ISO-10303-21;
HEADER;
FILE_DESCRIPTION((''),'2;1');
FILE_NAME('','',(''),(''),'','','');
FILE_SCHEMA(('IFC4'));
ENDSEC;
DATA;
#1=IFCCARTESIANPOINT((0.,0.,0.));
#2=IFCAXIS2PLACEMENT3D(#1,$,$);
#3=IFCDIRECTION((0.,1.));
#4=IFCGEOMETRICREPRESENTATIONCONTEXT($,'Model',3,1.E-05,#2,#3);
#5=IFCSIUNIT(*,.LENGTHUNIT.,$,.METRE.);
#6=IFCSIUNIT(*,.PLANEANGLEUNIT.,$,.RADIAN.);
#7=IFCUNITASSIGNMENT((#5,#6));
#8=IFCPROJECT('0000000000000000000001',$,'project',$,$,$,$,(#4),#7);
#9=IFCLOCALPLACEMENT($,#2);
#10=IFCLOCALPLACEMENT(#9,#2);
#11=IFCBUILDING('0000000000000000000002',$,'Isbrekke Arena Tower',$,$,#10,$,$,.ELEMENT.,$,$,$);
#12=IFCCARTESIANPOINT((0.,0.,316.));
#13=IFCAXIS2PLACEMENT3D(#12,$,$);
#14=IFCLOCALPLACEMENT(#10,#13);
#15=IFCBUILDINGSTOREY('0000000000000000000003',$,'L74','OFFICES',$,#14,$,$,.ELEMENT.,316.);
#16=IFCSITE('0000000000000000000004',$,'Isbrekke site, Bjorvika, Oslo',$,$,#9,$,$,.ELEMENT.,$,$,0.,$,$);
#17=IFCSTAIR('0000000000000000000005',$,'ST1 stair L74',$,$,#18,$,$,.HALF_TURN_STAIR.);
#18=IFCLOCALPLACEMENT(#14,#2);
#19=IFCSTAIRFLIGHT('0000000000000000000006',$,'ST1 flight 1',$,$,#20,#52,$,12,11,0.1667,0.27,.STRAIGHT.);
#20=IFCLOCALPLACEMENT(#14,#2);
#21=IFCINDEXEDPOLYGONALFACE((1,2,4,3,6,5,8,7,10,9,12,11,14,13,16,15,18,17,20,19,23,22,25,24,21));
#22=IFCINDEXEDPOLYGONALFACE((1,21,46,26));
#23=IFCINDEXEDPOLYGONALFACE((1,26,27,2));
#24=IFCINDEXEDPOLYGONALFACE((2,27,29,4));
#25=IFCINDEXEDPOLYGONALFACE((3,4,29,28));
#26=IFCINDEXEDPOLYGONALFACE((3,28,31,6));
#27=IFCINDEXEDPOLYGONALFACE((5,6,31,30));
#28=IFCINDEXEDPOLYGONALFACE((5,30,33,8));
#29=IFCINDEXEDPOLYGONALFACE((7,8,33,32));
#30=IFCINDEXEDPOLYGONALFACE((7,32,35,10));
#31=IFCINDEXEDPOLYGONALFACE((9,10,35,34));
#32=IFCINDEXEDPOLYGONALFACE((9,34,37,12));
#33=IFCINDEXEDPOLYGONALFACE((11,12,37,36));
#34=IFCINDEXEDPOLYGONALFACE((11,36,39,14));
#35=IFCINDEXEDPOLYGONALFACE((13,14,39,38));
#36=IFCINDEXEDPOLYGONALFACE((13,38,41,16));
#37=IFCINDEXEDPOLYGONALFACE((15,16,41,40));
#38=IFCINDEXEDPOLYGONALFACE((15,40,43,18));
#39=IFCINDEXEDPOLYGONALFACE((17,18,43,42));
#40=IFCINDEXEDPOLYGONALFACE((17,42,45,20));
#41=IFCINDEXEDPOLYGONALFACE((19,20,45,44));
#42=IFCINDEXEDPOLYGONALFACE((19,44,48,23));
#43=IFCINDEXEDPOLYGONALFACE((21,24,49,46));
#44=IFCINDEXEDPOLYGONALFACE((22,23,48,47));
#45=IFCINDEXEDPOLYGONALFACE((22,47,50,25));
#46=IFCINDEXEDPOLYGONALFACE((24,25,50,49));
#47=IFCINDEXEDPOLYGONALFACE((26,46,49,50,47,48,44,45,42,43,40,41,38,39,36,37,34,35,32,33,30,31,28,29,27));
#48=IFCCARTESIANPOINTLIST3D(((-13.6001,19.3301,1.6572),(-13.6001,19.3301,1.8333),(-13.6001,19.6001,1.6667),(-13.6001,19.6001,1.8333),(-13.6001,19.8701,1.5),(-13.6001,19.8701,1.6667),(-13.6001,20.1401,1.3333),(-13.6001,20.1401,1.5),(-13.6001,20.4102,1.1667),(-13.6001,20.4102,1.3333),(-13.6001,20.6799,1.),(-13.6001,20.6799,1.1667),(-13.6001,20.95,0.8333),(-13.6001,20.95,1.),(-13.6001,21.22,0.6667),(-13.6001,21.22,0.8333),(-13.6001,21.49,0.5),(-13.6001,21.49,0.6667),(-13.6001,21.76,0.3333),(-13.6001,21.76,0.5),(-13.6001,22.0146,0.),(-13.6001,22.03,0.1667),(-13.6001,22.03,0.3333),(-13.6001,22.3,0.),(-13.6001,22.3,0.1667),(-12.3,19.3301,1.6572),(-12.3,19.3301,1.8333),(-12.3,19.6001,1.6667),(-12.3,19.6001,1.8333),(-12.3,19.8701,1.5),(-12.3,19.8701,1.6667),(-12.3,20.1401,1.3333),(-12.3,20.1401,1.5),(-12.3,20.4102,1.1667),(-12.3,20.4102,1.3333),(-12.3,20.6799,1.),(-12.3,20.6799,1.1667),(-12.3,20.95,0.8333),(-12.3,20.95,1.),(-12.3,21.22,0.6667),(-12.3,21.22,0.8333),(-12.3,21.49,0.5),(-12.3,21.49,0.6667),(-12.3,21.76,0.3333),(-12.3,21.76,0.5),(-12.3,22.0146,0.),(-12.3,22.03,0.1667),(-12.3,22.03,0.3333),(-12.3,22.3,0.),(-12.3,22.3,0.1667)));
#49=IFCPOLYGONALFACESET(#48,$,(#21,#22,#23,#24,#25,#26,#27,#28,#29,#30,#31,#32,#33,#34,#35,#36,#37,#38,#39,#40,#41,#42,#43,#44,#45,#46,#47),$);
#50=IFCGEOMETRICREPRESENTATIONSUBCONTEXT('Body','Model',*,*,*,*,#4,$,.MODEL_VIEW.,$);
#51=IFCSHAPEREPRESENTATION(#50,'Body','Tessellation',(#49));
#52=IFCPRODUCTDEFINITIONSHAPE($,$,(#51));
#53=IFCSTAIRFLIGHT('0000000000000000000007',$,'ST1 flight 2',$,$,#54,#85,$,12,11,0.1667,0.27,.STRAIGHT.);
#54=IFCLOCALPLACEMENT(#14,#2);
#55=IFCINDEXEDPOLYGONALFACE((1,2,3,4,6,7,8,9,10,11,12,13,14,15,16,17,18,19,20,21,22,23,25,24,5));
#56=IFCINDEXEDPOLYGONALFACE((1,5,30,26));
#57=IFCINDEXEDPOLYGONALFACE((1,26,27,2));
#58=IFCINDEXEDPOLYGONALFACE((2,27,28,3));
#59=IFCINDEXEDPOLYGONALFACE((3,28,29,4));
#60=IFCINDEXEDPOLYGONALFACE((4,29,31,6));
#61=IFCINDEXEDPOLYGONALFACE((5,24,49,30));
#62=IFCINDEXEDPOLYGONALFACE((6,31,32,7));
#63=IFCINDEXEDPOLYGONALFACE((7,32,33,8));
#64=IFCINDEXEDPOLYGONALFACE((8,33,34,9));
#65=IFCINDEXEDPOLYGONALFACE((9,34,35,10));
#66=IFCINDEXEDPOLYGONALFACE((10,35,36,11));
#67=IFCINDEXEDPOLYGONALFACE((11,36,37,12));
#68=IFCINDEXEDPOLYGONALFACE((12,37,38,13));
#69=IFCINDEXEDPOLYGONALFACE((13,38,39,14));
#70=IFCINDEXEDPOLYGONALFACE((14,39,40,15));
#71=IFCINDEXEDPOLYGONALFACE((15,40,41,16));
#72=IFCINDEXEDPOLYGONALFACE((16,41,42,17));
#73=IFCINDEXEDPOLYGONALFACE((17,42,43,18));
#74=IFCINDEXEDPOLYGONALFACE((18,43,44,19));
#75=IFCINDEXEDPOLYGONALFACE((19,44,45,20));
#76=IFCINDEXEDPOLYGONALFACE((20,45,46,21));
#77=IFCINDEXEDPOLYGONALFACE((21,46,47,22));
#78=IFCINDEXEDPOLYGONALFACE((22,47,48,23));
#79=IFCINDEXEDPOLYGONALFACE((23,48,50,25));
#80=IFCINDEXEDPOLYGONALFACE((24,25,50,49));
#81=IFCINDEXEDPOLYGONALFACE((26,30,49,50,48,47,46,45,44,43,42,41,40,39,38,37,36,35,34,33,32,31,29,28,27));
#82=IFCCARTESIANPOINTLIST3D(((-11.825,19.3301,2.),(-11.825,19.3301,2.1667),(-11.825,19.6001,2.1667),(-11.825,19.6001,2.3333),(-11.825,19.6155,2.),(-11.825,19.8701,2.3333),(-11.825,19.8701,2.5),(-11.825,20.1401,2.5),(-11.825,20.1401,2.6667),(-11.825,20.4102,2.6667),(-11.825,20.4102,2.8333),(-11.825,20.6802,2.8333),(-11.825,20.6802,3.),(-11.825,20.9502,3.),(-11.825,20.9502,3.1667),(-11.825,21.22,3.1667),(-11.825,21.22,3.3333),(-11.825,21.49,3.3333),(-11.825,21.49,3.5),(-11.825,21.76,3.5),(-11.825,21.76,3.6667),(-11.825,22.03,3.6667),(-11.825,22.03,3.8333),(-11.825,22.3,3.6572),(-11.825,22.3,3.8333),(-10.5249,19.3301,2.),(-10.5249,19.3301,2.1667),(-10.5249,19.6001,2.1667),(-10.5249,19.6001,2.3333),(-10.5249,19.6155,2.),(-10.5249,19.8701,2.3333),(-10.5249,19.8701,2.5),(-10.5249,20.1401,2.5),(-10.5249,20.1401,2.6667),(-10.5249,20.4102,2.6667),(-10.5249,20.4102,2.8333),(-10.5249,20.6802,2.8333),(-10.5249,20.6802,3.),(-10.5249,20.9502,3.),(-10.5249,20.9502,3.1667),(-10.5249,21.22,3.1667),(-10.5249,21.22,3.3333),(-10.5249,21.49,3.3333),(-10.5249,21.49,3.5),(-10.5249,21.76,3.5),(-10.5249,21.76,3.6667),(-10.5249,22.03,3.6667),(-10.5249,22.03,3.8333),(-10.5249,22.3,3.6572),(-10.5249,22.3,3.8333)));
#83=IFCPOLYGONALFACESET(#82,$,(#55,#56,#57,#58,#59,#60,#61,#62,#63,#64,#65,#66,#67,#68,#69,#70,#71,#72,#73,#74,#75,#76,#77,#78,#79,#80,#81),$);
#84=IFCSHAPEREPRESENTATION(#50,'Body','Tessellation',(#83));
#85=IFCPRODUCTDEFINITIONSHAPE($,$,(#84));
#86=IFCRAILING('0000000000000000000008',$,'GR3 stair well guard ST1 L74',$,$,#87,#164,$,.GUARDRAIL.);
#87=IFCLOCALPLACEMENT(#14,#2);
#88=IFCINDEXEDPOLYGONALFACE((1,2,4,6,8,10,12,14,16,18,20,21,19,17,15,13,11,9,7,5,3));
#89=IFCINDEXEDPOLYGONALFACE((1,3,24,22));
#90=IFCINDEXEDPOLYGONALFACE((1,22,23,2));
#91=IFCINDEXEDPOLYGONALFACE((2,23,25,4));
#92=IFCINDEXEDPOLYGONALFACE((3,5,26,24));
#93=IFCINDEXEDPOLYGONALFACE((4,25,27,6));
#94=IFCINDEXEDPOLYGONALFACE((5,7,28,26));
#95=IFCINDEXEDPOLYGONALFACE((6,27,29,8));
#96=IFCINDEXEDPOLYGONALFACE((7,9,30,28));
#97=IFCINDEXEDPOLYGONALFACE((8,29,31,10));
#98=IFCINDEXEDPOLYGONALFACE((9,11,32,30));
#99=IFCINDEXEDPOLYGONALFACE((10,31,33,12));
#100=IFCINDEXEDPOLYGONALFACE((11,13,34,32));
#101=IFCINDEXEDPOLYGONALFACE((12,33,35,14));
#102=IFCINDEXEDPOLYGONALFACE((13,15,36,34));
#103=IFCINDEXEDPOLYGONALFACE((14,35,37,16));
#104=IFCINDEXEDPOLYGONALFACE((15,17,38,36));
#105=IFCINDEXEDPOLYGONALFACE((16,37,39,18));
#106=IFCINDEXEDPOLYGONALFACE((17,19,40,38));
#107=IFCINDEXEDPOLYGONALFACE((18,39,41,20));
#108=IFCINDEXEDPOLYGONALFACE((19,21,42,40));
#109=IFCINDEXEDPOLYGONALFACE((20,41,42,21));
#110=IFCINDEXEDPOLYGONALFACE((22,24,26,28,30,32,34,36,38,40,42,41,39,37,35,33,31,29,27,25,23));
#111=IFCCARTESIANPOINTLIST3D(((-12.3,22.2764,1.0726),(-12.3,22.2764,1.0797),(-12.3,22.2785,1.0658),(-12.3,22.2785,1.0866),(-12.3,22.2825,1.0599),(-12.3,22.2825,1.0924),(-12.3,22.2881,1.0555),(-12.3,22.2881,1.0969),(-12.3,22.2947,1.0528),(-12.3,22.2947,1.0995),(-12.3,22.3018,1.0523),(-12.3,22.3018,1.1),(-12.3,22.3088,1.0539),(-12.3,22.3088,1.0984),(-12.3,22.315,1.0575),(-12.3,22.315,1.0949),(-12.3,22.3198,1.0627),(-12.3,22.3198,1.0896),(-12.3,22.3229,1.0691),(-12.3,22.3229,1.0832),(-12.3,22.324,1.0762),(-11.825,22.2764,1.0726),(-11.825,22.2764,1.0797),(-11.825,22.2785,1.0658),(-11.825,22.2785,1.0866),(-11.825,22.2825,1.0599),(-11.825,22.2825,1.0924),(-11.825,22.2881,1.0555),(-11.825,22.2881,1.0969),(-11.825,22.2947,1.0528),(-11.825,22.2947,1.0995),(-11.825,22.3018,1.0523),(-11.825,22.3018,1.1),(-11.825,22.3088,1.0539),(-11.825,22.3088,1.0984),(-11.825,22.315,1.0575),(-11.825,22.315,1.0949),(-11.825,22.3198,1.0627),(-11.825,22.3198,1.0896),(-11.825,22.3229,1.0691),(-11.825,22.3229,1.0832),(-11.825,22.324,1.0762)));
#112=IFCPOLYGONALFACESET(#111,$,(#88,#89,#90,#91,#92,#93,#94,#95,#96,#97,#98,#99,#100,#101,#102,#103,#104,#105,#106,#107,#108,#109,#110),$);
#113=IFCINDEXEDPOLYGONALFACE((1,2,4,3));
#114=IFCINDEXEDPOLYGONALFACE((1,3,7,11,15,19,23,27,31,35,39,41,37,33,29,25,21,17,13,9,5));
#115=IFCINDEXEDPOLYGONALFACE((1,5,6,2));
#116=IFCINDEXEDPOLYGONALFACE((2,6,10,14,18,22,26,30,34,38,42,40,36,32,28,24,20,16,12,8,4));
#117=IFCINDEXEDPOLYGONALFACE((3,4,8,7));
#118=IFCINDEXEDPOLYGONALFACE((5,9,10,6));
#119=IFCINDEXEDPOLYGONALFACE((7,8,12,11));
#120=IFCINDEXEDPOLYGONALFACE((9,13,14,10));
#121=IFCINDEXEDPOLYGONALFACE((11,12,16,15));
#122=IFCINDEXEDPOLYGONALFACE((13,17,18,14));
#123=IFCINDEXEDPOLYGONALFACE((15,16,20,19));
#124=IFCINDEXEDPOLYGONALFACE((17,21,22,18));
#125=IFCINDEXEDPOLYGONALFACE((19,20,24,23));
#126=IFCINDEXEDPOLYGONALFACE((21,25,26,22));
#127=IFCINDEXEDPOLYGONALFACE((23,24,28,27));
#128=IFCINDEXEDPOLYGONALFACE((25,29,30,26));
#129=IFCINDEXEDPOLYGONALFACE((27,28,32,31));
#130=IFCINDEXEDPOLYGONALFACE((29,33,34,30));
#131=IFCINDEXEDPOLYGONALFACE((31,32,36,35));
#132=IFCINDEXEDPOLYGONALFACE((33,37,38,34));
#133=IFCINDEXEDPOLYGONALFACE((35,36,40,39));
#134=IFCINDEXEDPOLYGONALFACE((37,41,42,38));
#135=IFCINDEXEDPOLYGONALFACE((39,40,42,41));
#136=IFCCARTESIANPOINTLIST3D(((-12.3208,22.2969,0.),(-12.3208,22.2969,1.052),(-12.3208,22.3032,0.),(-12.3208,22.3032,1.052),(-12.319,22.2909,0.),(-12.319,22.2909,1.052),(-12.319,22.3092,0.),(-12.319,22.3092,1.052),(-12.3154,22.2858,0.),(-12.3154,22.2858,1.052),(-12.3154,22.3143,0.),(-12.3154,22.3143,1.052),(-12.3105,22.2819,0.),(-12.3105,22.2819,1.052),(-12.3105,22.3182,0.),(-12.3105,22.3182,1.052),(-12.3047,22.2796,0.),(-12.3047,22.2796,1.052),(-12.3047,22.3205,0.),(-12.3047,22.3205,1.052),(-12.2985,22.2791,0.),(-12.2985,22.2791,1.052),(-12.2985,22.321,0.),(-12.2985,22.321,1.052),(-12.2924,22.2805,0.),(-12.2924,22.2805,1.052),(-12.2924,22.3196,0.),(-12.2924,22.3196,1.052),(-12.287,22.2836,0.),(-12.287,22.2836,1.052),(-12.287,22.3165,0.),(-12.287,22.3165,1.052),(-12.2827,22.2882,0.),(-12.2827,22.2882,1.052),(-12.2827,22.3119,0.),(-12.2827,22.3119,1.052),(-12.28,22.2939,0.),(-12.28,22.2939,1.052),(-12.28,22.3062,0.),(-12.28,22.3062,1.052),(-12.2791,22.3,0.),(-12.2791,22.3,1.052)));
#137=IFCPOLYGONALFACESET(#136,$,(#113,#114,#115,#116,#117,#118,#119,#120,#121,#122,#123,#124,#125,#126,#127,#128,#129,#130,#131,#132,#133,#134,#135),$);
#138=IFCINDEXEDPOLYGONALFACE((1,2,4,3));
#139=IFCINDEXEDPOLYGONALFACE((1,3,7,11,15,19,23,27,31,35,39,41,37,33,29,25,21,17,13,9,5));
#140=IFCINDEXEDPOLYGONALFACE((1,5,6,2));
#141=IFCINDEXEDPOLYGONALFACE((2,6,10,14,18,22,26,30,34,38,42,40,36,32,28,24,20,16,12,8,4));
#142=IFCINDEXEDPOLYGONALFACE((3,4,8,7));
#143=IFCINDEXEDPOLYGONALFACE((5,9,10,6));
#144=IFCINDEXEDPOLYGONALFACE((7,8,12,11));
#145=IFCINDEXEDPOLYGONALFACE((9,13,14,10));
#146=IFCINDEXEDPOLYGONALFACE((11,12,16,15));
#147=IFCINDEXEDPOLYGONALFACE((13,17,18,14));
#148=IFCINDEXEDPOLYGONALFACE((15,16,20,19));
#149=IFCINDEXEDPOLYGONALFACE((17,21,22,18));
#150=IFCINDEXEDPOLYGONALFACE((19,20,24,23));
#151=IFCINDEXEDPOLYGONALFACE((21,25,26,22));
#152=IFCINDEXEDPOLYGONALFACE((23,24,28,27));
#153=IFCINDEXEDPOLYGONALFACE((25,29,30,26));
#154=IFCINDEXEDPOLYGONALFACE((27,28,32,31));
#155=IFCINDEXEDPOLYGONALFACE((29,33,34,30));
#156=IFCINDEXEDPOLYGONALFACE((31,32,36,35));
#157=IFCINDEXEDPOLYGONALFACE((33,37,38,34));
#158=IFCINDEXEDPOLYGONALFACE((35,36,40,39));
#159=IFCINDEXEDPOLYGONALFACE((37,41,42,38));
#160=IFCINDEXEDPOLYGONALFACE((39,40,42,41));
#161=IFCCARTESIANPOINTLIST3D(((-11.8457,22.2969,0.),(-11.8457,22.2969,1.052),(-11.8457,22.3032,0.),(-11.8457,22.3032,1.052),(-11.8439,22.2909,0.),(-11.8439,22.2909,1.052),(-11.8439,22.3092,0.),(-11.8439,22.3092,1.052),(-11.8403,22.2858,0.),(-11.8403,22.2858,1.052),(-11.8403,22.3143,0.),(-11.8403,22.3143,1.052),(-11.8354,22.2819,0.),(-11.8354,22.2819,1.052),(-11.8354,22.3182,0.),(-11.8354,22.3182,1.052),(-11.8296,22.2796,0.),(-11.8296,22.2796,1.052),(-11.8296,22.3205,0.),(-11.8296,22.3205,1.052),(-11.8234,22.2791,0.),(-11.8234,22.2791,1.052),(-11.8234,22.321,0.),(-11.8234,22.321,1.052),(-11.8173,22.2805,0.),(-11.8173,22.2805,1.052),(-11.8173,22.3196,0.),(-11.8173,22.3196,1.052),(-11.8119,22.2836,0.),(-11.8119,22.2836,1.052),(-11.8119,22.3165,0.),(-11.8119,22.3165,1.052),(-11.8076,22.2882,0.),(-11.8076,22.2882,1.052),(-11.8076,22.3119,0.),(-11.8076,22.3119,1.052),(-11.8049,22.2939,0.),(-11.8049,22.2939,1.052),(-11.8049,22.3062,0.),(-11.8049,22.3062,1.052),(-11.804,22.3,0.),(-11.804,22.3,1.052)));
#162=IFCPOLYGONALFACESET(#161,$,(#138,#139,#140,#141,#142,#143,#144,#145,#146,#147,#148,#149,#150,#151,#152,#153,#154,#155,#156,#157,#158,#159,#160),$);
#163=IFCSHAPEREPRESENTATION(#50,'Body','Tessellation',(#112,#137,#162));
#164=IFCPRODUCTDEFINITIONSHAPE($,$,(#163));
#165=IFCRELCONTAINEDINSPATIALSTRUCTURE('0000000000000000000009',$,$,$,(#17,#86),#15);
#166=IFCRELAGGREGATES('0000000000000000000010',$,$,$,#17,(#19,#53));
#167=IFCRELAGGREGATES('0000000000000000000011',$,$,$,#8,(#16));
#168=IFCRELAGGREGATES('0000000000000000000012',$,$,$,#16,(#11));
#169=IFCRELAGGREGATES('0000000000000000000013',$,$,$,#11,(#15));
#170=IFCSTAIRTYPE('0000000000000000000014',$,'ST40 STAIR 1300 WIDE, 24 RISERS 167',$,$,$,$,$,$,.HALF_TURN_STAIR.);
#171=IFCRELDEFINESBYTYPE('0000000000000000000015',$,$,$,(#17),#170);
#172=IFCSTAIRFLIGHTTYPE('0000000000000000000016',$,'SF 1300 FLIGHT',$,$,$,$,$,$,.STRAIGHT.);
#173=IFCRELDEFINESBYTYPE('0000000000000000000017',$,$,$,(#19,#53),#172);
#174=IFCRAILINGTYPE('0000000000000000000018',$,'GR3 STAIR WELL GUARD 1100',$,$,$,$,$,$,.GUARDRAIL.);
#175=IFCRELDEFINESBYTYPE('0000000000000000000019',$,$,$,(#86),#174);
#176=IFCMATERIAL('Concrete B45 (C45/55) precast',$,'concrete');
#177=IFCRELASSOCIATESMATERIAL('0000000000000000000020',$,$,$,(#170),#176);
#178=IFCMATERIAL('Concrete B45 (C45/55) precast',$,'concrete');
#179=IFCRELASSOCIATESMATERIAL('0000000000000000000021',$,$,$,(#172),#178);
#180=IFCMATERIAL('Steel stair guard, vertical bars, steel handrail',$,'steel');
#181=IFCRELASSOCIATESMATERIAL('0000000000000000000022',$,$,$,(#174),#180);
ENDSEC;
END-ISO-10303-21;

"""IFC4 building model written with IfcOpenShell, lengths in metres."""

from ifc_helpers import new_model, si_unit, direction, frame, origin, origin_2d, place, context, subcontext, project, spatial, polyline, circle, outline, extrude, material, type_object, element, aggregate, save


model = new_model("IFC4")

# Units and contexts
model_context = context("Model", 3, precision=1e-05, world=origin(), true_north=direction((0.0, 1.0)))
body_context = subcontext(model_context, "Body", "Model", "MODEL_VIEW")
ifc_project = project(units=[si_unit("LENGTHUNIT", "METRE"), si_unit("PLANEANGLEUNIT", "RADIAN")], contexts=[model_context])

# Site, building, storey
site_placement = place(None, origin())
site = spatial("IfcSite", under=ifc_project, at=site_placement, Name="Isbrekke site, Bjorvika, Oslo", CompositionType="ELEMENT", RefElevation=0.0)
building_placement = place(site_placement, origin())
building = spatial("IfcBuilding", under=site, at=building_placement, Name="Isbrekke Arena Tower", CompositionType="ELEMENT")
storey_placement = place(building_placement, frame((0.0, 0.0, 316.0)))
storey = spatial("IfcBuildingStorey", under=building, at=storey_placement, Name="L74", Description="OFFICES", CompositionType="ELEMENT", Elevation=316.0)

# Stair, stair flights
ifc_material_1 = material(Name="Concrete B45 (C45/55) precast", Category="concrete")
stair_type = type_object("IfcStairType", Name="ST40 STAIR 1300 WIDE, 24 RISERS 167", PredefinedType="HALF_TURN_STAIR", material=ifc_material_1)
stair_placement = place(storey_placement, origin())
stair = element("IfcStair", 1, at=stair_placement, inside=storey, type_object=stair_type, Name="ST1 stair L74", PredefinedType="HALF_TURN_STAIR")
ifc_material_2 = material(Name="Concrete B45 (C45/55) precast", Category="concrete")
stair_flight_type = type_object("IfcStairFlightType", Name="SF 1300 FLIGHT", PredefinedType="STRAIGHT", material=ifc_material_2)
stair_flight_1_placement = place(storey_placement, frame((-12.95, 22.3, 0.0), z_axis=(0.0, 0.0, 1.0), x_axis=(0.0, -1.0, 0.0)))
stair_flight_1 = element("IfcStairFlight", 2, at=stair_flight_1_placement, type_object=stair_flight_type, Name="ST1 flight 1", NumberOfRisers=12, NumberOfTreads=11, PredefinedType="STRAIGHT", RiserHeight=0.1667, TreadLength=0.27, context=body_context, shape_type="SweptSolid", body=[
    extrude(outline(polyline([(0.0, 0.0), (0.0, 0.1667), (0.27, 0.1667), (0.27, 0.3333), (0.54, 0.3333), (0.54, 0.5), (0.8101, 0.5), (0.8101, 0.6667), (1.0801, 0.6667), (1.0801, 0.8333), (1.3501, 0.8333), (1.3501, 1.0), (1.6201, 1.0), (1.6201, 1.1667), (1.8899, 1.1667), (1.8899, 1.3333), (2.1599, 1.3333), (2.1599, 1.5), (2.4299, 1.5), (2.4299, 1.6667), (2.7, 1.6667), (2.7, 1.8333), (2.97, 1.8333), (2.97, 2.0), (2.97, 1.6572), (0.2854, 0.0), (0.0, 0.0)])), frame((0.0, 0.6499, 0.0), z_axis=(0.0, -1.0, 0.0), x_axis=(1.0, 0.0, 0.0)), (0.0, 0.0, 1.0), 1.3),
])
stair_flight_2_placement = place(storey_placement, frame((-11.175, 19.3301, 2.0), z_axis=(0.0, 0.0, 1.0), x_axis=(0.0, 1.0, 0.0)))
stair_flight_2 = element("IfcStairFlight", 3, at=stair_flight_2_placement, type_object=stair_flight_type, Name="ST1 flight 2", NumberOfRisers=12, NumberOfTreads=11, PredefinedType="STRAIGHT", RiserHeight=0.1667, TreadLength=0.27, context=body_context, shape_type="SweptSolid", body=[
    extrude(outline(polyline([(0.0, 0.0), (0.0, 0.1667), (0.27, 0.1667), (0.27, 0.3333), (0.54, 0.3333), (0.54, 0.5), (0.8101, 0.5), (0.8101, 0.6667), (1.0801, 0.6667), (1.0801, 0.8333), (1.3501, 0.8333), (1.3501, 1.0), (1.6201, 1.0), (1.6201, 1.1667), (1.8899, 1.1667), (1.8899, 1.3333), (2.1599, 1.3333), (2.1599, 1.5), (2.4299, 1.5), (2.4299, 1.6667), (2.7, 1.6667), (2.7, 1.8333), (2.97, 1.8333), (2.97, 2.0), (2.97, 1.6572), (0.2854, 0.0), (0.0, 0.0)])), frame((0.0, 0.6499, 0.0), z_axis=(0.0, -1.0, 0.0), x_axis=(1.0, 0.0, 0.0)), (0.0, 0.0, 1.0), 1.3),
])
aggregate(stair, [stair_flight_1, stair_flight_2])

# Railing
ifc_material_3 = material(Name="Steel stair guard, vertical bars, steel handrail", Category="steel")
railing_type = type_object("IfcRailingType", Name="GR3 STAIR WELL GUARD 1100", PredefinedType="GUARDRAIL", material=ifc_material_3)
railing_placement = place(storey_placement, frame((-12.3, 22.3, 0.0)))
element("IfcRailing", 4, at=railing_placement, inside=storey, type_object=railing_type, Name="GR3 stair well guard ST1 L74", PredefinedType="GUARDRAIL", context=body_context, shape_type="SweptSolid", body=[
    extrude(circle(Radius=0.0239, at=origin_2d()), frame((0.0, 0.0, 1.0762), z_axis=(1.0, 0.0, 0.0), x_axis=(0.0, 1.0, 0.0)), (0.0, 0.0, 1.0), 0.4751),
    extrude(circle(Radius=0.021, at=origin_2d()), origin(), (0.0, 0.0, 1.0), 1.052),
    extrude(circle(Radius=0.021, at=origin_2d()), frame((0.4751, 0.0, 0.0)), (0.0, 0.0, 1.0), 1.052),
])

save(model, "model.ifc")
